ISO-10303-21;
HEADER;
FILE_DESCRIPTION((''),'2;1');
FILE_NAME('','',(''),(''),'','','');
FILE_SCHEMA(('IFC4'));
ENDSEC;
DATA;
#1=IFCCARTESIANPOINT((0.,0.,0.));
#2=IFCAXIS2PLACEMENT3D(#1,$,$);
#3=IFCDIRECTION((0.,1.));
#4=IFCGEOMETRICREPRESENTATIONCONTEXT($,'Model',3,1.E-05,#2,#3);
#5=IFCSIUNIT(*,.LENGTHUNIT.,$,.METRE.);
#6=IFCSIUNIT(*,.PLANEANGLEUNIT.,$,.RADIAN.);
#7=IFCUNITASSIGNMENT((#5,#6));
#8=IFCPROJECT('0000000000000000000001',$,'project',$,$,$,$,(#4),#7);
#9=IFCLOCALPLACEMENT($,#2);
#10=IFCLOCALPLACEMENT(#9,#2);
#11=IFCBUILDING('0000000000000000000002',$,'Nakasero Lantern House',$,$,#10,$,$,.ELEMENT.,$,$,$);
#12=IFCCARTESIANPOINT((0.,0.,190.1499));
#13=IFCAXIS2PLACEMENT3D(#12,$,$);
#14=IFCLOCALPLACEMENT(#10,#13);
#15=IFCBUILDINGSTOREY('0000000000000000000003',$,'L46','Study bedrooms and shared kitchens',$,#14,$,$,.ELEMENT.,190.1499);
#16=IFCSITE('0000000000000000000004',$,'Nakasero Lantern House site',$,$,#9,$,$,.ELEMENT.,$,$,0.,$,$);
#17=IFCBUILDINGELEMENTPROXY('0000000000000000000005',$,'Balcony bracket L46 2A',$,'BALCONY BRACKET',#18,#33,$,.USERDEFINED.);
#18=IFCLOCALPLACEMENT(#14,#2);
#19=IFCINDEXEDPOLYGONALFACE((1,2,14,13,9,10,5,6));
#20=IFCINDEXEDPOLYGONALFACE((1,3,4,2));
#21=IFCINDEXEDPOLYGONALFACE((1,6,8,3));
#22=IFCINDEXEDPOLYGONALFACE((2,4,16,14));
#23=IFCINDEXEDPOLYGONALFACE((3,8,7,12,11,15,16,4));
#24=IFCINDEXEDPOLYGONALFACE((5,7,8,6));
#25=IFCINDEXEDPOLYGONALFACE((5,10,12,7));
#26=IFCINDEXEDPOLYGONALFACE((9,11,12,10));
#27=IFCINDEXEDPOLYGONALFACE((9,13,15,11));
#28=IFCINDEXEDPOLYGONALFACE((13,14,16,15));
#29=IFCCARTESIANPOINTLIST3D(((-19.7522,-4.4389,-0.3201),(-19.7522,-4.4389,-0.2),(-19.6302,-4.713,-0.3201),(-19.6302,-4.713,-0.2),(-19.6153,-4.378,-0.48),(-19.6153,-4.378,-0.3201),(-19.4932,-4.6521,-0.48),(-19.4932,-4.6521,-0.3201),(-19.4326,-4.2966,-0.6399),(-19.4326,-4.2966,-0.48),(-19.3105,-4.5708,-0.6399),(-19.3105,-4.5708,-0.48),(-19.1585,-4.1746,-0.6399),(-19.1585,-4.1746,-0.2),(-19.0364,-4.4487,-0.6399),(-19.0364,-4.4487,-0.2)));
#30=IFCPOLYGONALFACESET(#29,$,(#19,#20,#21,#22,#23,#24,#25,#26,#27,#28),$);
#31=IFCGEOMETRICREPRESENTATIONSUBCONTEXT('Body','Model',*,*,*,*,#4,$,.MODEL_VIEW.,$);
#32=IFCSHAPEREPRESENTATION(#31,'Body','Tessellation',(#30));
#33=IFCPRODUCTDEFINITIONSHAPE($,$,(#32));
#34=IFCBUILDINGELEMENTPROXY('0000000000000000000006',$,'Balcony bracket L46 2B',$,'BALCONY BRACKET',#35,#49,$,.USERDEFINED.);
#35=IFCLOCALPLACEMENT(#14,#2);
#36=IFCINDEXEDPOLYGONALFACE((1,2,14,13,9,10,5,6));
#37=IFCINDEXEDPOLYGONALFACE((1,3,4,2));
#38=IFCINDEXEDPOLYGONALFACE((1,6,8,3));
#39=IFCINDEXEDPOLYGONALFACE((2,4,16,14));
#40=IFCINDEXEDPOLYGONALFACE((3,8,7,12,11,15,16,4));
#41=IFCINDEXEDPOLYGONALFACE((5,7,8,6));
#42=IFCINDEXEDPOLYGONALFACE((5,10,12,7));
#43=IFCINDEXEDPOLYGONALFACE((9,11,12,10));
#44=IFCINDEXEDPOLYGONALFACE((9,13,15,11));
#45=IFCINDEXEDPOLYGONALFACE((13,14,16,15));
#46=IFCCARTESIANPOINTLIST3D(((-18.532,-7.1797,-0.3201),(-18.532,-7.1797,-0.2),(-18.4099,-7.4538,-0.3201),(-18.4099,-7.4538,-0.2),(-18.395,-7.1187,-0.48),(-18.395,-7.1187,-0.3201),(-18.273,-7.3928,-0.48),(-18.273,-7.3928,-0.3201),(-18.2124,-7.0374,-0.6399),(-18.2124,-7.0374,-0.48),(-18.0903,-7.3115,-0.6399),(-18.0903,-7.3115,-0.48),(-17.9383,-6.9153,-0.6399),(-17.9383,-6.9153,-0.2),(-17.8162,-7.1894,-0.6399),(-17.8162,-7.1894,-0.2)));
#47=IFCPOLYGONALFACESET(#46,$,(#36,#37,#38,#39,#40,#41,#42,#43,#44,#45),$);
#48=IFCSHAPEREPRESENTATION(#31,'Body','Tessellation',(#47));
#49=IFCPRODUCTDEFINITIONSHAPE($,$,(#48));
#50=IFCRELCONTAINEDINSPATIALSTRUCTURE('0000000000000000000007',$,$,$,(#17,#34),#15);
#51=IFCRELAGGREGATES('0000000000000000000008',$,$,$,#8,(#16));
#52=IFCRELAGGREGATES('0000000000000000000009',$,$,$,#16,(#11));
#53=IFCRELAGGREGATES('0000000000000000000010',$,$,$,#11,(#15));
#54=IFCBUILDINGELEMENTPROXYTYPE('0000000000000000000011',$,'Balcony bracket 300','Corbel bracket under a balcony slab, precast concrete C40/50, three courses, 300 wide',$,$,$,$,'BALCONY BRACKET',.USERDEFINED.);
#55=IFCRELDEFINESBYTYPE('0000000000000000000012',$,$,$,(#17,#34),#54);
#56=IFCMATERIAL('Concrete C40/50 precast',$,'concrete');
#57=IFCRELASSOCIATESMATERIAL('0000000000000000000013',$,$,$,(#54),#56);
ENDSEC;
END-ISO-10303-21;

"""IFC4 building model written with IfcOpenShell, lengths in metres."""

from ifc_helpers import new_model, si_unit, direction, frame, origin, place, context, subcontext, project, spatial, polyline, outline, extrude, material, type_object, element, save


model = new_model("IFC4")

# Units and contexts
model_context = context("Model", 3, precision=1e-05, world=origin(), true_north=direction((0.0, 1.0)))
body_context = subcontext(model_context, "Body", "Model", "MODEL_VIEW")
ifc_project = project(units=[si_unit("LENGTHUNIT", "METRE"), si_unit("PLANEANGLEUNIT", "RADIAN")], contexts=[model_context])

# Site, building, storey
site_placement = place(None, origin())
site = spatial("IfcSite", under=ifc_project, at=site_placement, Name="Nakasero Lantern House site", CompositionType="ELEMENT", RefElevation=0.0)
building_placement = place(site_placement, origin())
building = spatial("IfcBuilding", under=site, at=building_placement, Name="Nakasero Lantern House", CompositionType="ELEMENT")
storey_placement = place(building_placement, frame((0.0, 0.0, 190.1499)))
storey = spatial("IfcBuildingStorey", under=building, at=storey_placement, Name="L46", Description="Study bedrooms and shared kitchens", CompositionType="ELEMENT", Elevation=190.1499)

# Building element proxies
ifc_material_1 = material(Name="Concrete C40/50 precast", Category="concrete")
building_element_proxy_type = type_object("IfcBuildingElementProxyType", Name="Balcony bracket 300", Description="Corbel bracket under a balcony slab, precast concrete C40/50, three courses, 300 wide", ElementType="BALCONY BRACKET", PredefinedType="USERDEFINED", material=ifc_material_1)
for number, where, z_axis, x_axis, name in (
    (1, (-19.0974, -4.3118, -0.2), (0.0, 0.0, 1.0), (-0.913545, -0.406737, 0.0), "Balcony bracket L46 2A"),
    (2, (-17.8772, -7.0525, -0.2), (0.0, 0.0, 1.0), (-0.913545, -0.406737, 0.0), "Balcony bracket L46 2B"),
):
    element("IfcBuildingElementProxy", number, at=place(storey_placement, frame(where, z_axis=z_axis, x_axis=x_axis)), inside=storey, type_object=building_element_proxy_type, Name=name, ObjectType="BALCONY BRACKET", PredefinedType="USERDEFINED", context=body_context, shape_type="SweptSolid", body=[
        extrude(outline(polyline([(0.0, 0.0), (0.6499, 0.0), (0.6499, -0.1201), (0.5, -0.1201), (0.5, -0.28), (0.3, -0.28), (0.3, -0.4399), (0.0, -0.4399), (0.0, 0.0)])), frame((0.0, 0.1499, 0.0), z_axis=(0.0, -1.0, 0.0), x_axis=(1.0, 0.0, 0.0)), (0.0, 0.0, 1.0), 0.3),
    ])

save(model, "model.ifc")
